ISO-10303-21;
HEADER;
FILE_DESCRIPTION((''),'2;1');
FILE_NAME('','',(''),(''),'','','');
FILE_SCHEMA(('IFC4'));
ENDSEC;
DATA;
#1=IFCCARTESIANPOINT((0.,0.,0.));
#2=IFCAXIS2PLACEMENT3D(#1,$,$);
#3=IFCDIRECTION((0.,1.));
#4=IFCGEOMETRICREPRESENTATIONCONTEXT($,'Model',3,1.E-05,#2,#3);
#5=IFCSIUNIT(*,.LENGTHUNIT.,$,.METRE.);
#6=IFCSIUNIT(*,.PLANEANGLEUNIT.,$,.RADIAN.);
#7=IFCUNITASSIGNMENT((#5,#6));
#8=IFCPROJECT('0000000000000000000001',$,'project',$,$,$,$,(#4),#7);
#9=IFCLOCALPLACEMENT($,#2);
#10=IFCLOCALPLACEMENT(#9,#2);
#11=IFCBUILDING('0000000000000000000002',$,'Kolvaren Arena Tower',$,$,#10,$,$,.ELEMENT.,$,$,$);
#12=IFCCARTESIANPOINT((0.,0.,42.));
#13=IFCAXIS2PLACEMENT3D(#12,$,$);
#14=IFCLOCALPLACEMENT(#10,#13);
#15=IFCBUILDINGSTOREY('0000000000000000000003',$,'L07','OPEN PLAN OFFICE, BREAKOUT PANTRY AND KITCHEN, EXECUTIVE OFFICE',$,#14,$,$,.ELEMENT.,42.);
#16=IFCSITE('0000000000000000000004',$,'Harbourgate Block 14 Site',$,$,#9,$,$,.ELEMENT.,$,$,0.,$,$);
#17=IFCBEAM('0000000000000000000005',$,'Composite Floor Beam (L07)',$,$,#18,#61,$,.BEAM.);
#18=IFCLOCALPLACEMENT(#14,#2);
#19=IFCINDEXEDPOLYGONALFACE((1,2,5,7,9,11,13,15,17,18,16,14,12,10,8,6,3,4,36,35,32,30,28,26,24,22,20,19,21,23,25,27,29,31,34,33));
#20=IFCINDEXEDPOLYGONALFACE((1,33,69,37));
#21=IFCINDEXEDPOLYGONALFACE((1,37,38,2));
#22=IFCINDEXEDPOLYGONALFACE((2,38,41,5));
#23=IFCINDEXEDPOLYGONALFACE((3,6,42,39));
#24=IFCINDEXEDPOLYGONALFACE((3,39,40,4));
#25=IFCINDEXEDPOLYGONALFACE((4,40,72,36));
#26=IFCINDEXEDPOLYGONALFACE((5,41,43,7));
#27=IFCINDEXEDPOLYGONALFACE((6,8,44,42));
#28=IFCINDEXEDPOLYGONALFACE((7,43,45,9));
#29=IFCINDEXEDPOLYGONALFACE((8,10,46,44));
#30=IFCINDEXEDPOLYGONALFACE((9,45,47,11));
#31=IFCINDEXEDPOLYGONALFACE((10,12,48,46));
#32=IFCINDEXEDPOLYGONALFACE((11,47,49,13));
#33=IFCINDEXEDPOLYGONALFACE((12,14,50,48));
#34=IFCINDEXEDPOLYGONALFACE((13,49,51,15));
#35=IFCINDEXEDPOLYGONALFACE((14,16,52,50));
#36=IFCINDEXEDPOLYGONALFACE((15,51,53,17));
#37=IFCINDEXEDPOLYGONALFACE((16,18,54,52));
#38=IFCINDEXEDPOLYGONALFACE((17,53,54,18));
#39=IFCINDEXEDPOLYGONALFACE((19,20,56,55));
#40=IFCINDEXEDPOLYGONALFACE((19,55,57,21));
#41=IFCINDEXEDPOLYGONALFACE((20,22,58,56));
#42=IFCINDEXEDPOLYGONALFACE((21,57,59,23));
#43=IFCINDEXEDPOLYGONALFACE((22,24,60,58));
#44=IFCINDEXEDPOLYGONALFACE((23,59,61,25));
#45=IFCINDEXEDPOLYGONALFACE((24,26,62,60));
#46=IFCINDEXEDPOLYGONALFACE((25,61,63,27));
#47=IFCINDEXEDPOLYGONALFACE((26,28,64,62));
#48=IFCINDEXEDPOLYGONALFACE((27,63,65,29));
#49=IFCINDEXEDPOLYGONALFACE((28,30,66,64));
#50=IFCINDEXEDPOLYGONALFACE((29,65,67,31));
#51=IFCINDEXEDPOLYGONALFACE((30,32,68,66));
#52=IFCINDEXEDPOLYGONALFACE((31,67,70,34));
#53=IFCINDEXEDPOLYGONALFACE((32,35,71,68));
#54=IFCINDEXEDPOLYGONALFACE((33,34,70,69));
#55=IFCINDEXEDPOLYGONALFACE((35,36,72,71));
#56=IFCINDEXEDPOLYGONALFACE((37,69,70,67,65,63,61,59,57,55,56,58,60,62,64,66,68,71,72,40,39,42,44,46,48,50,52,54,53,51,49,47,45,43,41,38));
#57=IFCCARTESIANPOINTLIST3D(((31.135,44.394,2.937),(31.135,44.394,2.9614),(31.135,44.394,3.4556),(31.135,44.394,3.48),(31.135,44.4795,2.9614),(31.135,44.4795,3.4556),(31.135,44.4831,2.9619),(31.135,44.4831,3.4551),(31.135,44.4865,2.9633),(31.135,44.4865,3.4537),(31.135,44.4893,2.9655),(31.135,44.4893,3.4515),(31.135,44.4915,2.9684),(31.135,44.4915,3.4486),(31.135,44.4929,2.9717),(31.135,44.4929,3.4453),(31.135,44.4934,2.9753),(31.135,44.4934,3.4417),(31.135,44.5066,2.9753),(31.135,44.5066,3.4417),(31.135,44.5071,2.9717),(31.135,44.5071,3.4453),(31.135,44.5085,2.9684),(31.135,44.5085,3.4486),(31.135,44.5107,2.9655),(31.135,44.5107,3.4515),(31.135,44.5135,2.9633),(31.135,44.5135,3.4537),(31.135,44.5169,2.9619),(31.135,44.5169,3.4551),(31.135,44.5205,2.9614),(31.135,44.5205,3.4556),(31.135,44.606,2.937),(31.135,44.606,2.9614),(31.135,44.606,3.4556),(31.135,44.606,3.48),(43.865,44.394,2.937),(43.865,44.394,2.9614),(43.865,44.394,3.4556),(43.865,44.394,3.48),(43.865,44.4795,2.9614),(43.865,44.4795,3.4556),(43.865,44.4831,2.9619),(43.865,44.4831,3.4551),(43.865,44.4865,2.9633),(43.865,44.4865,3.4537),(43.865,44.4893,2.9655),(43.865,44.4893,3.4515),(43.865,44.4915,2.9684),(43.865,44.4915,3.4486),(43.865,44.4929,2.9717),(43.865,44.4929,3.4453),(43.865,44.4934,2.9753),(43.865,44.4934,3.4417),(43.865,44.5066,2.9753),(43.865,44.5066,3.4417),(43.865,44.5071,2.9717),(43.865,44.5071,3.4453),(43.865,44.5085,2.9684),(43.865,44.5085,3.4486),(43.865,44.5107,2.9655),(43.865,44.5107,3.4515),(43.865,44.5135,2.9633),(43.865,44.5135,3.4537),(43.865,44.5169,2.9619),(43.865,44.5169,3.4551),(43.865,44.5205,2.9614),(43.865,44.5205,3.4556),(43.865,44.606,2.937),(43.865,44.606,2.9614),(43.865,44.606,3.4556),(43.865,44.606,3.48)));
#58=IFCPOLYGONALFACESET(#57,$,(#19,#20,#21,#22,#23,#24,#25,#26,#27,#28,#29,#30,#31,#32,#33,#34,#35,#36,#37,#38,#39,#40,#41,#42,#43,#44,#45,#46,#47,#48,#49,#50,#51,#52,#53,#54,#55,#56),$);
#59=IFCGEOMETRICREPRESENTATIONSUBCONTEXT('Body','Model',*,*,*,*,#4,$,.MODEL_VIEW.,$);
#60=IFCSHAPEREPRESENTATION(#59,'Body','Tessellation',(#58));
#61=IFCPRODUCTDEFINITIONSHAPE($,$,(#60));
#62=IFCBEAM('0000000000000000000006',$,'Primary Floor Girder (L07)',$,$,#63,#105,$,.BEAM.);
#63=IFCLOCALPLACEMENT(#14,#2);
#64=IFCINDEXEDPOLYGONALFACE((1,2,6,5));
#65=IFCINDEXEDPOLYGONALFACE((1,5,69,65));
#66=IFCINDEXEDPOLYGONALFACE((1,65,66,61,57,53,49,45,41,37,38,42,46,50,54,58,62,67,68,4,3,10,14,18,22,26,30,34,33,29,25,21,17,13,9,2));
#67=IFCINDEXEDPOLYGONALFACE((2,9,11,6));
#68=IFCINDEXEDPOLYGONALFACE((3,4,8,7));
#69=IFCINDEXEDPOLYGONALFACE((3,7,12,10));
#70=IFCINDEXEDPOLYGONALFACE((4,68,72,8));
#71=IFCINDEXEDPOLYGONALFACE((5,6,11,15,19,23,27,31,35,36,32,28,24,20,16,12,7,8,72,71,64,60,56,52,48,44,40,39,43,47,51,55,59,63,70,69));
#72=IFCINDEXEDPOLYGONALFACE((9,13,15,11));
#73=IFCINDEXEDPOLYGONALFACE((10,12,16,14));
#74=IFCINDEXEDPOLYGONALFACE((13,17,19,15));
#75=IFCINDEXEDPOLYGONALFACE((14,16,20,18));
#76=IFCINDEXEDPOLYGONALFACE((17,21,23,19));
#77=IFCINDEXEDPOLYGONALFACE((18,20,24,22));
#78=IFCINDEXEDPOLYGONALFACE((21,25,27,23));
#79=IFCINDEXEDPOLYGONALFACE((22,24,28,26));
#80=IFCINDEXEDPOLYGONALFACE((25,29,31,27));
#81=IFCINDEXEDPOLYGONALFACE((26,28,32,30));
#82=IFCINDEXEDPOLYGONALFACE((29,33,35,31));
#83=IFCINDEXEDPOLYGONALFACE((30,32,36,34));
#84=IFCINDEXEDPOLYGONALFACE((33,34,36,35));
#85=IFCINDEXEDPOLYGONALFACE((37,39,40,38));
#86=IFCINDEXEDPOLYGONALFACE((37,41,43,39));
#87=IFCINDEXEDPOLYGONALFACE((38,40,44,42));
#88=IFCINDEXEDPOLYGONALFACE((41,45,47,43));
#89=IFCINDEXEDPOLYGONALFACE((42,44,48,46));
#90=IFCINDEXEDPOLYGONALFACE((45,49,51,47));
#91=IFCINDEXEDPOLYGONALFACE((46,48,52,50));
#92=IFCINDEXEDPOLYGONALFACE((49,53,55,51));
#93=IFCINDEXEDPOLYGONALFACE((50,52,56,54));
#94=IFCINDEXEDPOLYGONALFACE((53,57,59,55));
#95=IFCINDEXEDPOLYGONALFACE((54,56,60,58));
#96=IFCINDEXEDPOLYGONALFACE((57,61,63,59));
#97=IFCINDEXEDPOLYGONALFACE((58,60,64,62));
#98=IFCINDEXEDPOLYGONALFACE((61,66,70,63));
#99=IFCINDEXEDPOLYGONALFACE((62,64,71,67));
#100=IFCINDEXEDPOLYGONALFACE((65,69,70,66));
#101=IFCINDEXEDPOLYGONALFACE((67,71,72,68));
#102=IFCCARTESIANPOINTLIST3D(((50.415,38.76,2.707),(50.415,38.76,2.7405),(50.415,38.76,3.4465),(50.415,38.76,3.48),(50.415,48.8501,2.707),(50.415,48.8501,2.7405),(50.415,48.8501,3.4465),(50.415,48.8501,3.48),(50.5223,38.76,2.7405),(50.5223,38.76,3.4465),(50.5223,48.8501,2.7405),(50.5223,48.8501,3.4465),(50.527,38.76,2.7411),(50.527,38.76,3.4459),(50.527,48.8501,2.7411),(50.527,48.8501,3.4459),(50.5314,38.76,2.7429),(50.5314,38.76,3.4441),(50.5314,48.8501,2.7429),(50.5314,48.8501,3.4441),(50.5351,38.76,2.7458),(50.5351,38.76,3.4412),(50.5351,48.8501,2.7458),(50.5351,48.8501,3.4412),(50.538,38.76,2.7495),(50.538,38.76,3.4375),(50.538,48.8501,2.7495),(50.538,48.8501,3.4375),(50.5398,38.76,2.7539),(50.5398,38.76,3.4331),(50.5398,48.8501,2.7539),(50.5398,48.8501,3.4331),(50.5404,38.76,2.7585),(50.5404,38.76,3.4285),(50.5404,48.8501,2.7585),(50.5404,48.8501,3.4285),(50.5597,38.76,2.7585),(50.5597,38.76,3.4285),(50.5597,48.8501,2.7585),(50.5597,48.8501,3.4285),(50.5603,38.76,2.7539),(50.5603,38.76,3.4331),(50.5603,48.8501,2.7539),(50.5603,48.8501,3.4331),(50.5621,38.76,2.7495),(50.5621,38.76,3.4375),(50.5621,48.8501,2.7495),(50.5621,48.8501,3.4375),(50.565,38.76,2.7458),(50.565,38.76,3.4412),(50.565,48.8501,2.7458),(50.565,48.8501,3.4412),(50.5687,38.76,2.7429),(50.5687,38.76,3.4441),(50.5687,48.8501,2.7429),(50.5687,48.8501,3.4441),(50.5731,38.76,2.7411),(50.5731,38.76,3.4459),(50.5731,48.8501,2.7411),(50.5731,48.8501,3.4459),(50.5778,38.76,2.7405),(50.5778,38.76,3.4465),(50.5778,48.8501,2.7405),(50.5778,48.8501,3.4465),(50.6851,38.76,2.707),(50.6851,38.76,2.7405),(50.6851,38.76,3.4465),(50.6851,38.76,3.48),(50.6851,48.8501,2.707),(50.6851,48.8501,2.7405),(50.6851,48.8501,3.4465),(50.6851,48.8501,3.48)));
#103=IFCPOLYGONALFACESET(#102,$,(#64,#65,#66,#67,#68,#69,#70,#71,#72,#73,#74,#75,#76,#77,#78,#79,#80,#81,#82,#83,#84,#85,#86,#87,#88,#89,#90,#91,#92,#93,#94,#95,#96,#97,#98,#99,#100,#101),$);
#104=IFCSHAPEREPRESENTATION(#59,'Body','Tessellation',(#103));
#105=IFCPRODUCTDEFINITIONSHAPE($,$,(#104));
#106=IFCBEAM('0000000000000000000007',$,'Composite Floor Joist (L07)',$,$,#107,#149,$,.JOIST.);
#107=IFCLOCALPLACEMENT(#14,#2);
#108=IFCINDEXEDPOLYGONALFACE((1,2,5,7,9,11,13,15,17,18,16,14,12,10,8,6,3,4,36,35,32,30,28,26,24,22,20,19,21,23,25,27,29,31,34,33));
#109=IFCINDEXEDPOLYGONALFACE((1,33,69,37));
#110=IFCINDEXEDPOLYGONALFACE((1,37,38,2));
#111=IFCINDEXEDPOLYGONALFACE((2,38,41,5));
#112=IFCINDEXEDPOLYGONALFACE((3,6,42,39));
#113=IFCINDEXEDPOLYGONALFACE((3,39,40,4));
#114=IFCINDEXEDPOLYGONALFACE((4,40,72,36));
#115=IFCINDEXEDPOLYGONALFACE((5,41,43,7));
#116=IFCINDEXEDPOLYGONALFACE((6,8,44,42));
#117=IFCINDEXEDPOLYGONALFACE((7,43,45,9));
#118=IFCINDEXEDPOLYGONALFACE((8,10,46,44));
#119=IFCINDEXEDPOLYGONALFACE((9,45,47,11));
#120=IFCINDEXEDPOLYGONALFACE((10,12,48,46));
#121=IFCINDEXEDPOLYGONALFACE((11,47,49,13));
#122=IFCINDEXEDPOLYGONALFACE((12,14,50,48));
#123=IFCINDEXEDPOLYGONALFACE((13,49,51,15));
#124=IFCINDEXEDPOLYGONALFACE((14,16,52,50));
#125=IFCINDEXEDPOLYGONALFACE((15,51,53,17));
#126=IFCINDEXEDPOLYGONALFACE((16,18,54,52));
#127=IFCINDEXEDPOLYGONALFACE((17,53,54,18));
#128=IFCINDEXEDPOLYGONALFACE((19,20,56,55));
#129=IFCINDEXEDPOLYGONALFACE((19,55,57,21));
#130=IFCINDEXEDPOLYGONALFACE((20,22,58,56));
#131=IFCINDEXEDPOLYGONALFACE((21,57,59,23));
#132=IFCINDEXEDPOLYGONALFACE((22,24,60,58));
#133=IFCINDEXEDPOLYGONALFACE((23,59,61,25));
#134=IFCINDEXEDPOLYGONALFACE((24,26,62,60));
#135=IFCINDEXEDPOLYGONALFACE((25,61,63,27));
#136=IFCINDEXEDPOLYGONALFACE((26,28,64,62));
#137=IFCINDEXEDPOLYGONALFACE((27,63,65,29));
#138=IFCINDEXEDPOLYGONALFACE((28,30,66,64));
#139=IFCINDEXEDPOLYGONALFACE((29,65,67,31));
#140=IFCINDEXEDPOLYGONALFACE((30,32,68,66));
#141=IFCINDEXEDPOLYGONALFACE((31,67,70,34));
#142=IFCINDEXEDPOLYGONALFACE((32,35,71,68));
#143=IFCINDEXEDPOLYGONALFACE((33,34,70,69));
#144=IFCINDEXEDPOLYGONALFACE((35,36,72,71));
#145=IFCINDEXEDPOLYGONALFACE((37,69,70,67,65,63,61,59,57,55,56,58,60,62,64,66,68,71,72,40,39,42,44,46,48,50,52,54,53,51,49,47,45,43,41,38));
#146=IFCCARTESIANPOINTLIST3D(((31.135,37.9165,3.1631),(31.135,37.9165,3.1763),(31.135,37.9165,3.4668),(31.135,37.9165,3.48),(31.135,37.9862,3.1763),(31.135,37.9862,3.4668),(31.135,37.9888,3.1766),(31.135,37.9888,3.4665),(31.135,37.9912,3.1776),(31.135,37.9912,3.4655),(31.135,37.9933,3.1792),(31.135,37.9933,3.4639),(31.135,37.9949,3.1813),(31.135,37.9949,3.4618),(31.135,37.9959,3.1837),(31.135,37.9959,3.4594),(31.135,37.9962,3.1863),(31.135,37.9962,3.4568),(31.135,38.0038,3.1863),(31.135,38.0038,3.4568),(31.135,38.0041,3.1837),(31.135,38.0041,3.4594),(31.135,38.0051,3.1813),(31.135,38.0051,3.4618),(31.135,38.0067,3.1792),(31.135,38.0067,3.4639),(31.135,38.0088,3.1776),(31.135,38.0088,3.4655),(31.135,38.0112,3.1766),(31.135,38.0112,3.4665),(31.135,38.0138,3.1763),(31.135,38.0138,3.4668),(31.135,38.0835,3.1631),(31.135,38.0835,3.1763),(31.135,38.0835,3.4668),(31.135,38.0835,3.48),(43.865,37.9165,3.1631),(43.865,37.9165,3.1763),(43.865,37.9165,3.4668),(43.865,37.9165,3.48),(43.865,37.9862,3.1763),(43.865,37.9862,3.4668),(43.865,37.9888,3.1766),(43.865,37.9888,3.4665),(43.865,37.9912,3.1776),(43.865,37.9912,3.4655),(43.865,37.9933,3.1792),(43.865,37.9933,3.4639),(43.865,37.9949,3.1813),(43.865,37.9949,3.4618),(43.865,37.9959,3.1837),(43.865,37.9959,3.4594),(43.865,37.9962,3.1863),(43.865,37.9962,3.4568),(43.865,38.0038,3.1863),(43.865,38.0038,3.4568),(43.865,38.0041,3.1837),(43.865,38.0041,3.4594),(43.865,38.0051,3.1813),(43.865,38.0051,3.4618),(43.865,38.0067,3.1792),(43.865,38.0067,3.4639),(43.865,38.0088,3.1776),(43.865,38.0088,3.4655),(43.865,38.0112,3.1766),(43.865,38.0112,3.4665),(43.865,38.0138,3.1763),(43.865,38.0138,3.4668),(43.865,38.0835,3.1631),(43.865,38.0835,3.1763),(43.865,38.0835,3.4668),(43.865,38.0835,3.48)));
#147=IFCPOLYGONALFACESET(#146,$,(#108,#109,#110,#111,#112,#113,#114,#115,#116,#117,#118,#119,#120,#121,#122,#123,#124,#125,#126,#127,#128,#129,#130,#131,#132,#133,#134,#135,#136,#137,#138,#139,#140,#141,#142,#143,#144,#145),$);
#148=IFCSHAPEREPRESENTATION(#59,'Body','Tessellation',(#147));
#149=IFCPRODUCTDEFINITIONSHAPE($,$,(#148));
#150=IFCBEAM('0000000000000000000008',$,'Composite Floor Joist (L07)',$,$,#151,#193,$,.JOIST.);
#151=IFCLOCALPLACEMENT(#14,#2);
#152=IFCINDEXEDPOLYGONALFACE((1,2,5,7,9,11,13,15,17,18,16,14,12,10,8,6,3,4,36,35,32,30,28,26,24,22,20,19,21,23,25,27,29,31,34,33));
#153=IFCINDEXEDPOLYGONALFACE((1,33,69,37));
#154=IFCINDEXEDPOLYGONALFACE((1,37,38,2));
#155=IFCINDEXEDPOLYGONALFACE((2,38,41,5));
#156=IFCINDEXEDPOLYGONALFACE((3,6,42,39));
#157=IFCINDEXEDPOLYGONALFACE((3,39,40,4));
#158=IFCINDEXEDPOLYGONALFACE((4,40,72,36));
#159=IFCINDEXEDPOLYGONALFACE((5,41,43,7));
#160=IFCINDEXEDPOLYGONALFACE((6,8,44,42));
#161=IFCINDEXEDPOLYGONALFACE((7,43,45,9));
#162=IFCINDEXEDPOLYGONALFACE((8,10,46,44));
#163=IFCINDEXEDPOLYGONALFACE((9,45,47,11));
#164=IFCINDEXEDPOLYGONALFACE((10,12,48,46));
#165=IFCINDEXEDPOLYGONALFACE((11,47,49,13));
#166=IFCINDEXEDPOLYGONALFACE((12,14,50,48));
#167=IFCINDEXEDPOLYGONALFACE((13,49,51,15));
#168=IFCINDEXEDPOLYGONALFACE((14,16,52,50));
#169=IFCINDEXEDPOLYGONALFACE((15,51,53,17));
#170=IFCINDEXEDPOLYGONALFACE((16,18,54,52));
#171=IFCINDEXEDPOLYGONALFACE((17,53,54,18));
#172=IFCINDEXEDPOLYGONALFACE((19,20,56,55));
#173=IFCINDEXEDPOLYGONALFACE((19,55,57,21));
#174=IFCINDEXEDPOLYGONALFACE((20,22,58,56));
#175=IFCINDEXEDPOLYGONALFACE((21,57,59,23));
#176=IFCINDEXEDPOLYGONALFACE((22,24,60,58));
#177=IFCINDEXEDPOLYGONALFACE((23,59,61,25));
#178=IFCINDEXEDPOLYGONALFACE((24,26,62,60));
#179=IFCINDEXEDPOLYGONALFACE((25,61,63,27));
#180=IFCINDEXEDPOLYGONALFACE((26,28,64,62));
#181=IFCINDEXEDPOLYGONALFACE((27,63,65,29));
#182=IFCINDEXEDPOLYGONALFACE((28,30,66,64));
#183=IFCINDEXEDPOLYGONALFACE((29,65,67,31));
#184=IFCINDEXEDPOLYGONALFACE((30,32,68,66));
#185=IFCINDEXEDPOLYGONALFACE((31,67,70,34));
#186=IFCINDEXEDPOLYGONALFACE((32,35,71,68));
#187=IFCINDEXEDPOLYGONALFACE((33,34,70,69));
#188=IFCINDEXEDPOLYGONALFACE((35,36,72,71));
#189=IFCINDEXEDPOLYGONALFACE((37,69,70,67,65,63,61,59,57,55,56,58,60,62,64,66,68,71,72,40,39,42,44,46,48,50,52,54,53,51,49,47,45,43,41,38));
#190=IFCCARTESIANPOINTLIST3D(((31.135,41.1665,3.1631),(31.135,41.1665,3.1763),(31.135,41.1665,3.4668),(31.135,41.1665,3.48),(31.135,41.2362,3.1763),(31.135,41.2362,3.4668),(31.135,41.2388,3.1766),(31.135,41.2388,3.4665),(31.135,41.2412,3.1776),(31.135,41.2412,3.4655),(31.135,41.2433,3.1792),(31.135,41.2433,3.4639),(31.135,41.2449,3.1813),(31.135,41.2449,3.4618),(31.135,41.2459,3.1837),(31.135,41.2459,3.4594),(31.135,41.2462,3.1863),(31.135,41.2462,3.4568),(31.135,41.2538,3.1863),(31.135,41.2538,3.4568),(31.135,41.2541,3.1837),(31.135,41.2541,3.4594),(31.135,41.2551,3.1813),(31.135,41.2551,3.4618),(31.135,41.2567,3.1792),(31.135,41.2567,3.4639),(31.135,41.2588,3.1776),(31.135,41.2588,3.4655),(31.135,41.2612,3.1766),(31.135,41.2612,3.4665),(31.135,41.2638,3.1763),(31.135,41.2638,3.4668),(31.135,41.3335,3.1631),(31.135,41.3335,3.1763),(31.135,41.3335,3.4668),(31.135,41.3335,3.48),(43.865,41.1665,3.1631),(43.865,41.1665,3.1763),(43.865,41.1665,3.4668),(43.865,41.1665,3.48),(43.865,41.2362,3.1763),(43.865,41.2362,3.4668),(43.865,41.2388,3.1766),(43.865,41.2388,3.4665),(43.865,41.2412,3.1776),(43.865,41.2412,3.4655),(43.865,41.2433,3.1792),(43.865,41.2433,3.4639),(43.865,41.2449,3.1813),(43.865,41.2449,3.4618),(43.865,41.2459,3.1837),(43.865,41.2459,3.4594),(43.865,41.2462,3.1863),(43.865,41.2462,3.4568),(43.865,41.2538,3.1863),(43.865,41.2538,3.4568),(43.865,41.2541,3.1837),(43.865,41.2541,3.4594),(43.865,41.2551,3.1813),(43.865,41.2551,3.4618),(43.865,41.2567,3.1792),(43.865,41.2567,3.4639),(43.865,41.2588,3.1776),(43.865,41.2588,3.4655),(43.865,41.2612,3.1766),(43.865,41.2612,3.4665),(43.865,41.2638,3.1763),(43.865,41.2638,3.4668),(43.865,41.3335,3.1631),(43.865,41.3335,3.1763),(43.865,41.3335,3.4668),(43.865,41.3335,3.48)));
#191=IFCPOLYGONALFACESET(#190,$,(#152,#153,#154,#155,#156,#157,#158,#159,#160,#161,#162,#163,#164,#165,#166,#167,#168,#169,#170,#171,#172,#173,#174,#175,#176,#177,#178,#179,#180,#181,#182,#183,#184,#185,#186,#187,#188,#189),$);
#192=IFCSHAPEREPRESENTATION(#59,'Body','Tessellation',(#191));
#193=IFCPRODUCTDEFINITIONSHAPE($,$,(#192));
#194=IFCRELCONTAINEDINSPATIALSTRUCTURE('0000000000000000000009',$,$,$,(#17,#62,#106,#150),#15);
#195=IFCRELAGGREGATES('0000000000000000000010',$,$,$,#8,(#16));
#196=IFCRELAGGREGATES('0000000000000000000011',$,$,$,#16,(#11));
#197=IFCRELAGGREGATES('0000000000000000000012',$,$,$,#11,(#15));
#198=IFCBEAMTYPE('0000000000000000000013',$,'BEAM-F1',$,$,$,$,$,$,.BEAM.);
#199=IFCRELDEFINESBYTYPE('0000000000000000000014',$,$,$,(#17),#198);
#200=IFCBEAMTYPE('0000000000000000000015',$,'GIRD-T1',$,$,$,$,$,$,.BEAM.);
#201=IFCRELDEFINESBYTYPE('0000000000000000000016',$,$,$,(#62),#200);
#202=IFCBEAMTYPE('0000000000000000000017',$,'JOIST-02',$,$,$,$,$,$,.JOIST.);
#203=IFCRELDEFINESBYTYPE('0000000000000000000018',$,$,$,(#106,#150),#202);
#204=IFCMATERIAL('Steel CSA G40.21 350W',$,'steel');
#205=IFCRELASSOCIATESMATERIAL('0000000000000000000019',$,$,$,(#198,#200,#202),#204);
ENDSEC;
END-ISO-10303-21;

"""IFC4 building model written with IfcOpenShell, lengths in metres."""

from ifc_helpers import new_model, si_unit, direction, frame, origin, origin_2d, place, context, subcontext, project, spatial, i_section, extrude, material, material_profile, profile_set, type_object, element, save


model = new_model("IFC4")

# Units and contexts
model_context = context("Model", 3, precision=1e-05, world=origin(), true_north=direction((0.0, 1.0)))
body_context = subcontext(model_context, "Body", "Model", "MODEL_VIEW")
ifc_project = project(units=[si_unit("LENGTHUNIT", "METRE"), si_unit("PLANEANGLEUNIT", "RADIAN")], contexts=[model_context])

# Site, building, storey
site_placement = place(None, origin())
site = spatial("IfcSite", under=ifc_project, at=site_placement, Name="Harbourgate Block 14 Site", CompositionType="ELEMENT", RefElevation=0.0)
building_placement = place(site_placement, origin())
building = spatial("IfcBuilding", under=site, at=building_placement, Name="Kolvaren Arena Tower", CompositionType="ELEMENT")
storey_placement = place(building_placement, frame((0.0, 0.0, 42.0)))
storey = spatial("IfcBuildingStorey", under=building, at=storey_placement, Name="L07", Description="OPEN PLAN OFFICE, BREAKOUT PANTRY AND KITCHEN, EXECUTIVE OFFICE", CompositionType="ELEMENT", Elevation=42.0)

# Beams
ifc_material_1 = material(Name="Steel CSA G40.21 350W", Category="steel")
ifc_material_profile_1 = material_profile(ifc_material_1, i_section(OverallWidth=0.2119, OverallDepth=0.543, WebThickness=0.0132, FlangeThickness=0.0244, FilletRadius=0.0139, at=origin_2d()), Name="W530x150")
ifc_profile_set_1 = profile_set([ifc_material_profile_1], Name="Steel CSA G40.21 350W")
beam_type_1 = type_object("IfcBeamType", Name="BEAM-F1", PredefinedType="BEAM", material=ifc_profile_set_1)
beam_1_placement = place(storey_placement, frame((31.135, 44.5, 3.2085), z_axis=(1.0, 0.0, 0.0), x_axis=(0.0, 1.0, 0.0)))
element("IfcBeam", 1, at=beam_1_placement, inside=storey, type_object=beam_type_1, Name="Composite Floor Beam (L07)", PredefinedType="BEAM", context=body_context, shape_type="SweptSolid", body=[
    extrude(i_section(OverallWidth=0.2119, OverallDepth=0.543, WebThickness=0.0132, FlangeThickness=0.0244, FilletRadius=0.0139, at=origin_2d()), origin(), (0.0, 0.0, 1.0), 12.73),
])
ifc_material_profile_2 = material_profile(ifc_material_1, i_section(OverallWidth=0.27, OverallDepth=0.7729, WebThickness=0.0193, FlangeThickness=0.0334, FilletRadius=0.0181, at=origin_2d()), Name="W760x257")
ifc_profile_set_2 = profile_set([ifc_material_profile_2], Name="Steel CSA G40.21 350W")
beam_type_2 = type_object("IfcBeamType", Name="GIRD-T1", PredefinedType="BEAM", material=ifc_profile_set_2)
beam_2_placement = place(storey_placement, frame((50.55, 38.76, 3.0935), z_axis=(0.0, 1.0, 0.0), x_axis=(-1.0, 0.0, 0.0)))
element("IfcBeam", 2, at=beam_2_placement, inside=storey, type_object=beam_type_2, Name="Primary Floor Girder (L07)", PredefinedType="BEAM", context=body_context, shape_type="SweptSolid", body=[
    extrude(i_section(OverallWidth=0.27, OverallDepth=0.7729, WebThickness=0.0193, FlangeThickness=0.0334, FilletRadius=0.0181, at=origin_2d()), origin(), (0.0, 0.0, 1.0), 10.0901),
])
ifc_material_profile_3 = material_profile(ifc_material_1, i_section(OverallWidth=0.167, OverallDepth=0.3169, WebThickness=0.0076, FlangeThickness=0.0132, FilletRadius=0.01, at=origin_2d()), Name="W310x52")
ifc_profile_set_3 = profile_set([ifc_material_profile_3], Name="Steel CSA G40.21 350W")
beam_type_3 = type_object("IfcBeamType", Name="JOIST-02", PredefinedType="JOIST", material=ifc_profile_set_3)
for number, where, z_axis, x_axis, name in (
    (3, (31.135, 38.0, 3.3215), (1.0, 0.0, 0.0), (0.0, 1.0, 0.0), "Composite Floor Joist (L07)"),
    (4, (31.135, 41.25, 3.3215), (1.0, 0.0, 0.0), (0.0, 1.0, 0.0), "Composite Floor Joist (L07)"),
):
    element("IfcBeam", number, at=place(storey_placement, frame(where, z_axis=z_axis, x_axis=x_axis)), inside=storey, type_object=beam_type_3, Name=name, PredefinedType="JOIST", context=body_context, shape_type="SweptSolid", body=[
        extrude(i_section(OverallWidth=0.167, OverallDepth=0.3169, WebThickness=0.0076, FlangeThickness=0.0132, FilletRadius=0.01, at=origin_2d()), origin(), (0.0, 0.0, 1.0), 12.73),
    ])

save(model, "model.ifc")
